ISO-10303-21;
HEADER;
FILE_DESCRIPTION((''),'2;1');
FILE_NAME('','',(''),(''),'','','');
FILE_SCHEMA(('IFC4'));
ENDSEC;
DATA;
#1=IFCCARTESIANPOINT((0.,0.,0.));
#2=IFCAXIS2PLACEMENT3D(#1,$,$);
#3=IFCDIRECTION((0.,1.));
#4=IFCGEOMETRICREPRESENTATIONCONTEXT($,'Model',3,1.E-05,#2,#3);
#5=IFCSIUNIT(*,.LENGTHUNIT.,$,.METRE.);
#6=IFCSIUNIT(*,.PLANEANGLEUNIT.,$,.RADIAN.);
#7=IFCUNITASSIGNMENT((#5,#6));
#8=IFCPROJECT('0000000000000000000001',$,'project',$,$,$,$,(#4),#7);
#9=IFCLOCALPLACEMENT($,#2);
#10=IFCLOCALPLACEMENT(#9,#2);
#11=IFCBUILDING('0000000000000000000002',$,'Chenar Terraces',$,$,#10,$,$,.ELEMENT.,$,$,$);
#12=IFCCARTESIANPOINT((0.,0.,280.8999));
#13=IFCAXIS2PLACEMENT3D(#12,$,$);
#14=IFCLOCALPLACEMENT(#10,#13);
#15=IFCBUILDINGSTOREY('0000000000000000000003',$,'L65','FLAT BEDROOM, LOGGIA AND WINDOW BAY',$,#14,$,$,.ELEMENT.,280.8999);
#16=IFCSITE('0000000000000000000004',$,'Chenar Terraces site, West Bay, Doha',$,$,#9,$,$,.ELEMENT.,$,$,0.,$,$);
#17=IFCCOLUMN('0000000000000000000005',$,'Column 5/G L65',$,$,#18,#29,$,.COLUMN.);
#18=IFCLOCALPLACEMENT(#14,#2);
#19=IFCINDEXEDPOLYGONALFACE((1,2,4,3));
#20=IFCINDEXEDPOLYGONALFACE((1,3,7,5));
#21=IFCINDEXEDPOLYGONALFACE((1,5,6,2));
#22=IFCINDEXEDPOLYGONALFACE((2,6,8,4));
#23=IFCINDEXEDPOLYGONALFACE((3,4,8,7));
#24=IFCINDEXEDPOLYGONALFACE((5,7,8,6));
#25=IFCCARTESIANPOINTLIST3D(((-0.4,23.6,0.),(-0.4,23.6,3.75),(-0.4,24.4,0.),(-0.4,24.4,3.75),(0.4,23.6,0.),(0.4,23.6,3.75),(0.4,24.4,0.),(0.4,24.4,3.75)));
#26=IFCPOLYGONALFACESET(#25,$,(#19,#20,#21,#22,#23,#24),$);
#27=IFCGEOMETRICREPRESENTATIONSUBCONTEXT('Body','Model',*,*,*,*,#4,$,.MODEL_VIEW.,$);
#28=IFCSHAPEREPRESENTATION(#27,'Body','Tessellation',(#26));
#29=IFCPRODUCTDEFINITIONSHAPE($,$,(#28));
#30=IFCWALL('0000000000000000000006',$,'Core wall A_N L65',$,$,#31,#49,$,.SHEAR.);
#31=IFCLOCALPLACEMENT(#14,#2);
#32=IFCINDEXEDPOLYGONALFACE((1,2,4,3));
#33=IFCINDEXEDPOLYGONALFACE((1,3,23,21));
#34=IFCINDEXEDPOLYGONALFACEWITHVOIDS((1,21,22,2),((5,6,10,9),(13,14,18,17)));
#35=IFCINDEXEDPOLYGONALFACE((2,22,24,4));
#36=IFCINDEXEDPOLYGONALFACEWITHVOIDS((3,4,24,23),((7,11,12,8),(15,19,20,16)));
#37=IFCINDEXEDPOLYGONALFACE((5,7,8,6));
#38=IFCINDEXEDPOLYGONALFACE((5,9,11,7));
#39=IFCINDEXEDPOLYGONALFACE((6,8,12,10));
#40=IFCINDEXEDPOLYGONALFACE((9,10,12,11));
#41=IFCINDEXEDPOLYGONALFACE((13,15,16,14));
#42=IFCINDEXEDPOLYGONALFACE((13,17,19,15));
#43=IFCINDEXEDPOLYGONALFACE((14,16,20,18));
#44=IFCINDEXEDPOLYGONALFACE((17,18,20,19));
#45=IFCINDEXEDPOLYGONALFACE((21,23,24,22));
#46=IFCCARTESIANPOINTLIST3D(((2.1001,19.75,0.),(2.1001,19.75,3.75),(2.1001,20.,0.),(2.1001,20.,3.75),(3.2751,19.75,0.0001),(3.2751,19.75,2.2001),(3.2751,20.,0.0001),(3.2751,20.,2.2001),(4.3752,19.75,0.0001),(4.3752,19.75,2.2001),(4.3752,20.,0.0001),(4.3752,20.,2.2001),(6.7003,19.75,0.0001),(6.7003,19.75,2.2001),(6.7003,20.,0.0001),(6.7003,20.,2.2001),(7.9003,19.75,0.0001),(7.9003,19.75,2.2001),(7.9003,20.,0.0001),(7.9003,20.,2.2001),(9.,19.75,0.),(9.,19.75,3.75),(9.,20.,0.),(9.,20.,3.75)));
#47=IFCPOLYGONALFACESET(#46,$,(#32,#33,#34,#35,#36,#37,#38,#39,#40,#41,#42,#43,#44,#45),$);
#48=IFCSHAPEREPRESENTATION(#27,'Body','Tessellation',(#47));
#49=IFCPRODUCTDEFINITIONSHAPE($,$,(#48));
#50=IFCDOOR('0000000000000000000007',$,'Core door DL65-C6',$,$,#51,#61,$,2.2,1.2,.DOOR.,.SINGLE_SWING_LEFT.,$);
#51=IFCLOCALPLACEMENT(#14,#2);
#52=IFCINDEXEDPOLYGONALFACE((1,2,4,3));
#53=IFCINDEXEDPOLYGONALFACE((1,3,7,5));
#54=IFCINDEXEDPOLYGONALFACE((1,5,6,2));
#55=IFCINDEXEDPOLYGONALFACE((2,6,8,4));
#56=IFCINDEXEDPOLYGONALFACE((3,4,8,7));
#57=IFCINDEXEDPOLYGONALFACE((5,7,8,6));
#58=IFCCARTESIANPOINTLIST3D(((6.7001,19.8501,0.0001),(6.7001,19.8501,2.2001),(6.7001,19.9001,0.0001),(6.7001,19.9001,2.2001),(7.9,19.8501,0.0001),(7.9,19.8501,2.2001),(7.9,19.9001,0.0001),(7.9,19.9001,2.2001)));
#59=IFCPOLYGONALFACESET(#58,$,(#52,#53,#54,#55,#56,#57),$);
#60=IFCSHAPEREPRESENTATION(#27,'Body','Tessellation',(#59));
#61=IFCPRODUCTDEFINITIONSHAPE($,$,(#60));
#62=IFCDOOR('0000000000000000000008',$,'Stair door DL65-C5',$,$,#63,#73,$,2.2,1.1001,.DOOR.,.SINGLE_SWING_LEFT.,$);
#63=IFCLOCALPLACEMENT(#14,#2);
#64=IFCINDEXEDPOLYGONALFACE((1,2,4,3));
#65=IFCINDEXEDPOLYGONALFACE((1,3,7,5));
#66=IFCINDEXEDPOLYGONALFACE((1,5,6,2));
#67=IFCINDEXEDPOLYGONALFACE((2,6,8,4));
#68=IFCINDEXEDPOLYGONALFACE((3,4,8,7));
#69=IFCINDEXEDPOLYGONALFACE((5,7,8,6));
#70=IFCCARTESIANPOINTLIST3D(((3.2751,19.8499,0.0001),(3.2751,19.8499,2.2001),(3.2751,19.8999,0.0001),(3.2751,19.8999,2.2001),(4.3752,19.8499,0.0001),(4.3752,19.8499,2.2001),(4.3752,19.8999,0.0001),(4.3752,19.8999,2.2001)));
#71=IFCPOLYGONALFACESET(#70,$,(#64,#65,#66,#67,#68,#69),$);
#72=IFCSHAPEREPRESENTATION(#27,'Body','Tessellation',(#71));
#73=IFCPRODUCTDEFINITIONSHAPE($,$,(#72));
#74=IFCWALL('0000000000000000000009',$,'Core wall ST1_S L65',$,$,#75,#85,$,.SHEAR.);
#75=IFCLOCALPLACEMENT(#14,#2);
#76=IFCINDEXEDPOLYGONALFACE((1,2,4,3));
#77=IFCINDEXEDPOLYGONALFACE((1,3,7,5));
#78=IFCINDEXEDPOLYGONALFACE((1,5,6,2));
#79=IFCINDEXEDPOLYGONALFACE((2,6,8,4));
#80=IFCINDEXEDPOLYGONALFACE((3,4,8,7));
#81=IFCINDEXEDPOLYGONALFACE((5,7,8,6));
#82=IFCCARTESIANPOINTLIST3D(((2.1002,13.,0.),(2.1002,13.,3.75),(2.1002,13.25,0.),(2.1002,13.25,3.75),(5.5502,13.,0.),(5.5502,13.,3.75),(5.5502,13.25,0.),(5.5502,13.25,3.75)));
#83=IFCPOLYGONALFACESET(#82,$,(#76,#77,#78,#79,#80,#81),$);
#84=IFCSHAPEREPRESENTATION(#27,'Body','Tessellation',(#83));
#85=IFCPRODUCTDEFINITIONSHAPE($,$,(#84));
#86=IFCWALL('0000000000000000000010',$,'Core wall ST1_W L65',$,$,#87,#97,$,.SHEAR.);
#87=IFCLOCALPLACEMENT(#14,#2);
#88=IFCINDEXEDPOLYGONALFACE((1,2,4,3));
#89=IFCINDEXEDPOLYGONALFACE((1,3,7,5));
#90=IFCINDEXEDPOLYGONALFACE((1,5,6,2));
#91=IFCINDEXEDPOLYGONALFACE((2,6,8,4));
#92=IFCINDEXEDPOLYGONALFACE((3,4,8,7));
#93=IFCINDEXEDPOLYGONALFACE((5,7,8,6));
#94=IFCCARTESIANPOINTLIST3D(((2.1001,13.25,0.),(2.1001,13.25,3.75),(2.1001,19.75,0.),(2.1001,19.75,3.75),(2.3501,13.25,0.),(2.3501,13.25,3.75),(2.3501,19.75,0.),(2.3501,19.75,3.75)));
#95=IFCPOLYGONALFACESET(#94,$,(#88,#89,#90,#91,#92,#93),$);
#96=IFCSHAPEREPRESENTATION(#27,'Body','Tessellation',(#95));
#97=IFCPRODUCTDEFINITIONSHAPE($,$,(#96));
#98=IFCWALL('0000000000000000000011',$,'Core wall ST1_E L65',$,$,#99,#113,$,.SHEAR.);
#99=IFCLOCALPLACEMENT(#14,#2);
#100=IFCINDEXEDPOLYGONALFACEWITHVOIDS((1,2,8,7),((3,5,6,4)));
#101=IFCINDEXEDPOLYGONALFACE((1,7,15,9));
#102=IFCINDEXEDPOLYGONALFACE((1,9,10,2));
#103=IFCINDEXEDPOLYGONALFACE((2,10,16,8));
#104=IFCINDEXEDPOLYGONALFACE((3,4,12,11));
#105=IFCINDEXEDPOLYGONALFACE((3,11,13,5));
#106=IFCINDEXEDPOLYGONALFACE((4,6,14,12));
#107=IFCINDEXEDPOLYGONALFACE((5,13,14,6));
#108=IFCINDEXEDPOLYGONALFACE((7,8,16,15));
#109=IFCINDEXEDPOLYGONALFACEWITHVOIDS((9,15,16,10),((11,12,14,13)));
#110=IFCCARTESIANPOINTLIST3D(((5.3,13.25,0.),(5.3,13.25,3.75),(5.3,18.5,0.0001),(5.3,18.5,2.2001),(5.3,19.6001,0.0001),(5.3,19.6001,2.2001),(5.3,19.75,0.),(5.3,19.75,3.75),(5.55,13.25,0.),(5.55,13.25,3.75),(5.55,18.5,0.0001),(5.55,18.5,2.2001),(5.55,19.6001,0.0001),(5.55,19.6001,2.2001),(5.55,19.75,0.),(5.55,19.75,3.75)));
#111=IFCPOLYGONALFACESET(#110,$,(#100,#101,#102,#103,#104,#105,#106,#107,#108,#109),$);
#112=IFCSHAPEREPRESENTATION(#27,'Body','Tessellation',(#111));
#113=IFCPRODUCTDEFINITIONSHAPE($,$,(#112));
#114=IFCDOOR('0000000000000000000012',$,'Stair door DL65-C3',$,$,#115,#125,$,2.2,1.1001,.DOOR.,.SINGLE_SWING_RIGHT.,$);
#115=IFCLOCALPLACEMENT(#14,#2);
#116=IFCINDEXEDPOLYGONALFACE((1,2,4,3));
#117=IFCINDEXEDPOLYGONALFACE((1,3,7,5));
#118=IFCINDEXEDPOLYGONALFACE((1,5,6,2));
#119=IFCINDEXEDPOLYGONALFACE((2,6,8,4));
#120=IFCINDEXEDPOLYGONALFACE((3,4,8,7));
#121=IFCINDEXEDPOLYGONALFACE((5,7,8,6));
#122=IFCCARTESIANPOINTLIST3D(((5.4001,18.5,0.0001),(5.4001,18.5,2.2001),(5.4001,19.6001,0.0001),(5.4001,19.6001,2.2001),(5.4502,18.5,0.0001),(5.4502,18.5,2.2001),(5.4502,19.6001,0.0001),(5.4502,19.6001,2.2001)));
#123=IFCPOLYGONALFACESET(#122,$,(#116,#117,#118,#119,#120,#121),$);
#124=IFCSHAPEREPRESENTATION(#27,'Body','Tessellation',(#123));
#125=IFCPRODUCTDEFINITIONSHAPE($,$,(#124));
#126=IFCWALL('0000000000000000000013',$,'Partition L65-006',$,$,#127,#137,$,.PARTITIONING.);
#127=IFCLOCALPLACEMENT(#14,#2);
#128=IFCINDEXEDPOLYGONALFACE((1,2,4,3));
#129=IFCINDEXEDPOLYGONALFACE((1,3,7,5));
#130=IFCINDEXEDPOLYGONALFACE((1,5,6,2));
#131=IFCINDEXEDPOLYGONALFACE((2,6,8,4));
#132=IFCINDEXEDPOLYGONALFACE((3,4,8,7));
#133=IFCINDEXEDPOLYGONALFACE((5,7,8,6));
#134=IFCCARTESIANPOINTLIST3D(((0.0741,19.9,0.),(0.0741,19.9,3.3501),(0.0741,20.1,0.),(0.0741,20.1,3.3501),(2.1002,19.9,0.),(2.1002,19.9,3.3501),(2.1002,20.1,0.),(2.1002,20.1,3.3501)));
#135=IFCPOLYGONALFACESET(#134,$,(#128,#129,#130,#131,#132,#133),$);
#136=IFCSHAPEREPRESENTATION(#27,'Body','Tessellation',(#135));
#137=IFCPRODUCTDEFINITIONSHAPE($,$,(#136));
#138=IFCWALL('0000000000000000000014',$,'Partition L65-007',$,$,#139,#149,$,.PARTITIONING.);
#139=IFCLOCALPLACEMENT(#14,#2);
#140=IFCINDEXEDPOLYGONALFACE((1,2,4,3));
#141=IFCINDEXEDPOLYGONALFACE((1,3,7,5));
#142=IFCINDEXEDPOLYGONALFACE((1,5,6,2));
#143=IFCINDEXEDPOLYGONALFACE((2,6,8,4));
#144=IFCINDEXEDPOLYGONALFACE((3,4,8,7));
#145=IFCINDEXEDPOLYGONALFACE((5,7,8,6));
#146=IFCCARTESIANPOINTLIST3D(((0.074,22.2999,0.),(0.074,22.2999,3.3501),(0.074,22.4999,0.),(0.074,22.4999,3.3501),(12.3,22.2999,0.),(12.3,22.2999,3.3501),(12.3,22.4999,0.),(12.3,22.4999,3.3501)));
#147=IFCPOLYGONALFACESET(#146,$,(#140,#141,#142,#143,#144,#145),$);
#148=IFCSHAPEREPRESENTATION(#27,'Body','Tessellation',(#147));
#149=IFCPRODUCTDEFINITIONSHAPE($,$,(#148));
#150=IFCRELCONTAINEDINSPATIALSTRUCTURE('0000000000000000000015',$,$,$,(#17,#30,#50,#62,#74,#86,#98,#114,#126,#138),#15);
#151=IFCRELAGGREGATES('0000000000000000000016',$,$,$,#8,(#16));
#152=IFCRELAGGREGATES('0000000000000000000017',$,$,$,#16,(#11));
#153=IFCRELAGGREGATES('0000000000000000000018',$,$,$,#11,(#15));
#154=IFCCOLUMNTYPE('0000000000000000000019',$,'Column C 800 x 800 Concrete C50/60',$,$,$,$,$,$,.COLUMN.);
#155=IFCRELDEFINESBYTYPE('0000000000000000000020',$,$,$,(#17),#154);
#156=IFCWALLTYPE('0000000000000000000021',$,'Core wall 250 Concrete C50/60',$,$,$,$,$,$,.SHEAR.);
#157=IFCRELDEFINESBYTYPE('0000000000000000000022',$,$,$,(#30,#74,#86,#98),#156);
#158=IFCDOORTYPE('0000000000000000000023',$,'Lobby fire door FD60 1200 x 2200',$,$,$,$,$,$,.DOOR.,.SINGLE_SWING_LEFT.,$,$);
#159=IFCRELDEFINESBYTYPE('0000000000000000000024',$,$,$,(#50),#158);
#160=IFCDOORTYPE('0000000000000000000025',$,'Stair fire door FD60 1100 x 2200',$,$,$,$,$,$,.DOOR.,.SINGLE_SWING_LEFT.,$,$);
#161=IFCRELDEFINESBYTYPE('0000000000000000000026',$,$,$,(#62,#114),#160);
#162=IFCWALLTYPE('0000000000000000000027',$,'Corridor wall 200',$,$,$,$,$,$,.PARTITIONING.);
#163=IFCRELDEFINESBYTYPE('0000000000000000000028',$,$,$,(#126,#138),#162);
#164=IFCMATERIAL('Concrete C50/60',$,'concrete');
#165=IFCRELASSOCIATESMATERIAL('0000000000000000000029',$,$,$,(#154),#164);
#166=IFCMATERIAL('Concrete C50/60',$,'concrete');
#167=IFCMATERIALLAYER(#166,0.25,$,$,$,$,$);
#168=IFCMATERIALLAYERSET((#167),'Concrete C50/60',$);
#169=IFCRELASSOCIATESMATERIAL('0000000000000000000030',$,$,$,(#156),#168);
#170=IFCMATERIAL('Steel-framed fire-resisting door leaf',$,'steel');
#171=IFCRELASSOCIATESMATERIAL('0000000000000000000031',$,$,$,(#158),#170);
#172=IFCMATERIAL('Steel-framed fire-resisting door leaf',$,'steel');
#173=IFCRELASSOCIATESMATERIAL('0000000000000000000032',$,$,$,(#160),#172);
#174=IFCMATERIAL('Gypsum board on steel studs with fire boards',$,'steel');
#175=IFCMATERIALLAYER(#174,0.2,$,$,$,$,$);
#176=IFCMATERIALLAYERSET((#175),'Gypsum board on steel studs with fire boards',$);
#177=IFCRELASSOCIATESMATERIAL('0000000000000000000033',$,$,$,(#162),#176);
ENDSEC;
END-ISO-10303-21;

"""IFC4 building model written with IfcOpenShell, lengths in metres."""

from ifc_helpers import new_model, si_unit, direction, frame, frame_2d, origin, origin_2d, place, context, subcontext, project, spatial, rectangle, extrude, material, layer, layer_set, material_profile, profile_set, type_object, element, fill, save


model = new_model("IFC4")

# Units and contexts
model_context = context("Model", 3, precision=1e-05, world=origin(), true_north=direction((0.0, 1.0)))
body_context = subcontext(model_context, "Body", "Model", "MODEL_VIEW")
ifc_project = project(units=[si_unit("LENGTHUNIT", "METRE"), si_unit("PLANEANGLEUNIT", "RADIAN")], contexts=[model_context])

# Site, building, storey
site_placement = place(None, origin())
site = spatial("IfcSite", under=ifc_project, at=site_placement, Name="Chenar Terraces site, West Bay, Doha", CompositionType="ELEMENT", RefElevation=0.0)
building_placement = place(site_placement, origin())
building = spatial("IfcBuilding", under=site, at=building_placement, Name="Chenar Terraces", CompositionType="ELEMENT")
storey_placement = place(building_placement, frame((0.0, 0.0, 280.8999)))
storey = spatial("IfcBuildingStorey", under=building, at=storey_placement, Name="L65", Description="FLAT BEDROOM, LOGGIA AND WINDOW BAY", CompositionType="ELEMENT", Elevation=280.8999)

# Column
ifc_material_1 = material(Name="Concrete C50/60", Category="concrete")
ifc_material_profile_1 = material_profile(ifc_material_1, rectangle(XDim=0.8, YDim=0.8, at=origin_2d()), Name="C 800 x 800")
ifc_profile_set_1 = profile_set([ifc_material_profile_1], Name="Concrete C50/60")
column_type = type_object("IfcColumnType", Name="Column C 800 x 800 Concrete C50/60", PredefinedType="COLUMN", material=ifc_profile_set_1)
column_placement = place(storey_placement, frame((0.0, 24.0, 0.0), z_axis=(0.0, 0.0, 1.0), x_axis=(1.0, 0.0, 0.0)))
element("IfcColumn", 1, at=column_placement, inside=storey, type_object=column_type, Name="Column 5/G L65", PredefinedType="COLUMN", context=body_context, shape_type="SweptSolid", body=[
    extrude(rectangle(XDim=0.8, YDim=0.8, at=origin_2d()), origin(), (0.0, 0.0, 1.0), 3.75),
])

# Wall, openings, doors
ifc_material_2 = material(Name="Concrete C50/60", Category="concrete")
ifc_layer_1 = layer(ifc_material_2, 0.25)
ifc_layer_set_1 = layer_set([ifc_layer_1], Name="Concrete C50/60")
wall_type_1 = type_object("IfcWallType", Name="Core wall 250 Concrete C50/60", PredefinedType="SHEAR", material=ifc_layer_set_1)
wall_1_placement = place(storey_placement, frame((2.1001, 19.875, 0.0), z_axis=(0.0, 0.0, 1.0), x_axis=(1.0, 0.0, 0.0)))
wall_1 = element("IfcWall", 2, at=wall_1_placement, inside=storey, type_object=wall_type_1, Name="Core wall A_N L65", PredefinedType="SHEAR", context=body_context, shape_type="SweptSolid", body=[
    extrude(rectangle(XDim=6.8999, YDim=0.25, at=frame_2d((3.45, 0.0))), origin(), (0.0, 0.0, 1.0), 3.75),
])
opening_1_placement = place(wall_1_placement, frame((1.175, 0.0, 0.0)))
opening_1 = element("IfcOpeningElement", 3, at=opening_1_placement, cuts=wall_1, PredefinedType="OPENING", context=body_context, shape_type="SweptSolid", body=[
    extrude(rectangle(XDim=1.1001, YDim=2.2, at=frame_2d((0.55, 1.1001))), frame((0.0, 0.135, 0.0), z_axis=(0.0, -1.0, 0.0), x_axis=(1.0, 0.0, 0.0)), (0.0, 0.0, 1.0), 0.27),
])
opening_2_placement = place(wall_1_placement, frame((4.6001, 0.0, 0.0)))
opening_2 = element("IfcOpeningElement", 4, at=opening_2_placement, cuts=wall_1, PredefinedType="OPENING", context=body_context, shape_type="SweptSolid", body=[
    extrude(rectangle(XDim=1.2, YDim=2.2, at=frame_2d((0.6001, 1.1001))), frame((0.0, 0.135, 0.0), z_axis=(0.0, -1.0, 0.0), x_axis=(1.0, 0.0, 0.0)), (0.0, 0.0, 1.0), 0.27),
])
ifc_material_3 = material(Name="Steel-framed fire-resisting door leaf", Category="steel")
door_type_1 = type_object("IfcDoorType", Name="Lobby fire door FD60 1200 x 2200", OperationType="SINGLE_SWING_LEFT", PredefinedType="DOOR", material=ifc_material_3)
door_1_placement = place(opening_2_placement, frame((1.2, 0.0, 0.0), z_axis=(0.0, 0.0, 1.0), x_axis=(-1.0, 0.0, 0.0)))
door_1 = element("IfcDoor", 5, at=door_1_placement, inside=storey, type_object=door_type_1, Name="Core door DL65-C6", OperationType="SINGLE_SWING_LEFT", OverallHeight=2.2, OverallWidth=1.2, PredefinedType="DOOR", context=body_context, shape_type="SweptSolid", body=[
    extrude(rectangle(XDim=1.2, YDim=2.2, at=frame_2d((0.6001, 1.1001))), frame((0.0, 0.0249, 0.0), z_axis=(0.0, -1.0, 0.0), x_axis=(1.0, 0.0, 0.0)), (0.0, 0.0, 1.0), 0.05),
])
fill(opening_2, door_1)
ifc_material_4 = material(Name="Steel-framed fire-resisting door leaf", Category="steel")
door_type_2 = type_object("IfcDoorType", Name="Stair fire door FD60 1100 x 2200", OperationType="SINGLE_SWING_LEFT", PredefinedType="DOOR", material=ifc_material_4)
door_2_placement = place(opening_1_placement, origin())
door_2 = element("IfcDoor", 6, at=door_2_placement, inside=storey, type_object=door_type_2, Name="Stair door DL65-C5", OperationType="SINGLE_SWING_LEFT", OverallHeight=2.2, OverallWidth=1.1001, PredefinedType="DOOR", context=body_context, shape_type="SweptSolid", body=[
    extrude(rectangle(XDim=1.1001, YDim=2.2, at=frame_2d((0.55, 1.1001))), frame((0.0, 0.0249, 0.0), z_axis=(0.0, -1.0, 0.0), x_axis=(1.0, 0.0, 0.0)), (0.0, 0.0, 1.0), 0.05),
])
fill(opening_1, door_2)

# Walls
wall_2_placement = place(storey_placement, frame((2.1001, 13.125, 0.0), z_axis=(0.0, 0.0, 1.0), x_axis=(1.0, 0.0, 0.0)))
element("IfcWall", 7, at=wall_2_placement, inside=storey, type_object=wall_type_1, Name="Core wall ST1_S L65", PredefinedType="SHEAR", context=body_context, shape_type="SweptSolid", body=[
    extrude(rectangle(XDim=3.45, YDim=0.25, at=frame_2d((1.7251, 0.0))), origin(), (0.0, 0.0, 1.0), 3.75),
])
wall_3_placement = place(storey_placement, frame((2.2251, 13.25, 0.0), z_axis=(0.0, 0.0, 1.0), x_axis=(0.0, 1.0, 0.0)))
element("IfcWall", 8, at=wall_3_placement, inside=storey, type_object=wall_type_1, Name="Core wall ST1_W L65", PredefinedType="SHEAR", context=body_context, shape_type="SweptSolid", body=[
    extrude(rectangle(XDim=6.5, YDim=0.25, at=frame_2d((3.25, 0.0))), origin(), (0.0, 0.0, 1.0), 3.75),
])

# Wall, opening, door
wall_4_placement = place(storey_placement, frame((5.425, 13.25, 0.0), z_axis=(0.0, 0.0, 1.0), x_axis=(0.0, 1.0, 0.0)))
wall_4 = element("IfcWall", 9, at=wall_4_placement, inside=storey, type_object=wall_type_1, Name="Core wall ST1_E L65", PredefinedType="SHEAR", context=body_context, shape_type="SweptSolid", body=[
    extrude(rectangle(XDim=6.5, YDim=0.25, at=frame_2d((3.25, 0.0))), origin(), (0.0, 0.0, 1.0), 3.75),
])
opening_3_placement = place(wall_4_placement, frame((5.25, 0.0, 0.0)))
opening_3 = element("IfcOpeningElement", 10, at=opening_3_placement, cuts=wall_4, PredefinedType="OPENING", context=body_context, shape_type="SweptSolid", body=[
    extrude(rectangle(XDim=1.1001, YDim=2.2, at=frame_2d((0.55, 1.1001))), frame((0.0, 0.135, 0.0), z_axis=(0.0, -1.0, 0.0), x_axis=(1.0, 0.0, 0.0)), (0.0, 0.0, 1.0), 0.27),
])
door_3_placement = place(opening_3_placement, origin())
door_3 = element("IfcDoor", 11, at=door_3_placement, inside=storey, type_object=door_type_2, Name="Stair door DL65-C3", OperationType="SINGLE_SWING_RIGHT", OverallHeight=2.2, OverallWidth=1.1001, PredefinedType="DOOR", context=body_context, shape_type="SweptSolid", body=[
    extrude(rectangle(XDim=1.1001, YDim=2.2, at=frame_2d((0.55, 1.1001))), frame((0.0, 0.0249, 0.0), z_axis=(0.0, -1.0, 0.0), x_axis=(1.0, 0.0, 0.0)), (0.0, 0.0, 1.0), 0.05),
])
fill(opening_3, door_3)

# Walls
ifc_material_5 = material(Name="Gypsum board on steel studs with fire boards", Category="steel")
ifc_layer_2 = layer(ifc_material_5, 0.2)
ifc_layer_set_2 = layer_set([ifc_layer_2], Name="Gypsum board on steel studs with fire boards")
wall_type_2 = type_object("IfcWallType", Name="Corridor wall 200", PredefinedType="PARTITIONING", material=ifc_layer_set_2)
wall_5_placement = place(storey_placement, frame((0.074, 20.0, 0.0), z_axis=(0.0, 0.0, 1.0), x_axis=(1.0, 0.0, 0.0)))
element("IfcWall", 12, at=wall_5_placement, inside=storey, type_object=wall_type_2, Name="Partition L65-006", PredefinedType="PARTITIONING", context=body_context, shape_type="SweptSolid", body=[
    extrude(rectangle(XDim=2.0261, YDim=0.2, at=frame_2d((1.0132, 0.0))), origin(), (0.0, 0.0, 1.0), 3.3501),
])
wall_6_placement = place(storey_placement, frame((0.074, 22.3999, 0.0), z_axis=(0.0, 0.0, 1.0), x_axis=(1.0, 0.0, 0.0)))
element("IfcWall", 13, at=wall_6_placement, inside=storey, type_object=wall_type_2, Name="Partition L65-007", PredefinedType="PARTITIONING", context=body_context, shape_type="SweptSolid", body=[
    extrude(rectangle(XDim=12.2261, YDim=0.2, at=frame_2d((6.113, 0.0))), origin(), (0.0, 0.0, 1.0), 3.3501),
])

save(model, "model.ifc")
